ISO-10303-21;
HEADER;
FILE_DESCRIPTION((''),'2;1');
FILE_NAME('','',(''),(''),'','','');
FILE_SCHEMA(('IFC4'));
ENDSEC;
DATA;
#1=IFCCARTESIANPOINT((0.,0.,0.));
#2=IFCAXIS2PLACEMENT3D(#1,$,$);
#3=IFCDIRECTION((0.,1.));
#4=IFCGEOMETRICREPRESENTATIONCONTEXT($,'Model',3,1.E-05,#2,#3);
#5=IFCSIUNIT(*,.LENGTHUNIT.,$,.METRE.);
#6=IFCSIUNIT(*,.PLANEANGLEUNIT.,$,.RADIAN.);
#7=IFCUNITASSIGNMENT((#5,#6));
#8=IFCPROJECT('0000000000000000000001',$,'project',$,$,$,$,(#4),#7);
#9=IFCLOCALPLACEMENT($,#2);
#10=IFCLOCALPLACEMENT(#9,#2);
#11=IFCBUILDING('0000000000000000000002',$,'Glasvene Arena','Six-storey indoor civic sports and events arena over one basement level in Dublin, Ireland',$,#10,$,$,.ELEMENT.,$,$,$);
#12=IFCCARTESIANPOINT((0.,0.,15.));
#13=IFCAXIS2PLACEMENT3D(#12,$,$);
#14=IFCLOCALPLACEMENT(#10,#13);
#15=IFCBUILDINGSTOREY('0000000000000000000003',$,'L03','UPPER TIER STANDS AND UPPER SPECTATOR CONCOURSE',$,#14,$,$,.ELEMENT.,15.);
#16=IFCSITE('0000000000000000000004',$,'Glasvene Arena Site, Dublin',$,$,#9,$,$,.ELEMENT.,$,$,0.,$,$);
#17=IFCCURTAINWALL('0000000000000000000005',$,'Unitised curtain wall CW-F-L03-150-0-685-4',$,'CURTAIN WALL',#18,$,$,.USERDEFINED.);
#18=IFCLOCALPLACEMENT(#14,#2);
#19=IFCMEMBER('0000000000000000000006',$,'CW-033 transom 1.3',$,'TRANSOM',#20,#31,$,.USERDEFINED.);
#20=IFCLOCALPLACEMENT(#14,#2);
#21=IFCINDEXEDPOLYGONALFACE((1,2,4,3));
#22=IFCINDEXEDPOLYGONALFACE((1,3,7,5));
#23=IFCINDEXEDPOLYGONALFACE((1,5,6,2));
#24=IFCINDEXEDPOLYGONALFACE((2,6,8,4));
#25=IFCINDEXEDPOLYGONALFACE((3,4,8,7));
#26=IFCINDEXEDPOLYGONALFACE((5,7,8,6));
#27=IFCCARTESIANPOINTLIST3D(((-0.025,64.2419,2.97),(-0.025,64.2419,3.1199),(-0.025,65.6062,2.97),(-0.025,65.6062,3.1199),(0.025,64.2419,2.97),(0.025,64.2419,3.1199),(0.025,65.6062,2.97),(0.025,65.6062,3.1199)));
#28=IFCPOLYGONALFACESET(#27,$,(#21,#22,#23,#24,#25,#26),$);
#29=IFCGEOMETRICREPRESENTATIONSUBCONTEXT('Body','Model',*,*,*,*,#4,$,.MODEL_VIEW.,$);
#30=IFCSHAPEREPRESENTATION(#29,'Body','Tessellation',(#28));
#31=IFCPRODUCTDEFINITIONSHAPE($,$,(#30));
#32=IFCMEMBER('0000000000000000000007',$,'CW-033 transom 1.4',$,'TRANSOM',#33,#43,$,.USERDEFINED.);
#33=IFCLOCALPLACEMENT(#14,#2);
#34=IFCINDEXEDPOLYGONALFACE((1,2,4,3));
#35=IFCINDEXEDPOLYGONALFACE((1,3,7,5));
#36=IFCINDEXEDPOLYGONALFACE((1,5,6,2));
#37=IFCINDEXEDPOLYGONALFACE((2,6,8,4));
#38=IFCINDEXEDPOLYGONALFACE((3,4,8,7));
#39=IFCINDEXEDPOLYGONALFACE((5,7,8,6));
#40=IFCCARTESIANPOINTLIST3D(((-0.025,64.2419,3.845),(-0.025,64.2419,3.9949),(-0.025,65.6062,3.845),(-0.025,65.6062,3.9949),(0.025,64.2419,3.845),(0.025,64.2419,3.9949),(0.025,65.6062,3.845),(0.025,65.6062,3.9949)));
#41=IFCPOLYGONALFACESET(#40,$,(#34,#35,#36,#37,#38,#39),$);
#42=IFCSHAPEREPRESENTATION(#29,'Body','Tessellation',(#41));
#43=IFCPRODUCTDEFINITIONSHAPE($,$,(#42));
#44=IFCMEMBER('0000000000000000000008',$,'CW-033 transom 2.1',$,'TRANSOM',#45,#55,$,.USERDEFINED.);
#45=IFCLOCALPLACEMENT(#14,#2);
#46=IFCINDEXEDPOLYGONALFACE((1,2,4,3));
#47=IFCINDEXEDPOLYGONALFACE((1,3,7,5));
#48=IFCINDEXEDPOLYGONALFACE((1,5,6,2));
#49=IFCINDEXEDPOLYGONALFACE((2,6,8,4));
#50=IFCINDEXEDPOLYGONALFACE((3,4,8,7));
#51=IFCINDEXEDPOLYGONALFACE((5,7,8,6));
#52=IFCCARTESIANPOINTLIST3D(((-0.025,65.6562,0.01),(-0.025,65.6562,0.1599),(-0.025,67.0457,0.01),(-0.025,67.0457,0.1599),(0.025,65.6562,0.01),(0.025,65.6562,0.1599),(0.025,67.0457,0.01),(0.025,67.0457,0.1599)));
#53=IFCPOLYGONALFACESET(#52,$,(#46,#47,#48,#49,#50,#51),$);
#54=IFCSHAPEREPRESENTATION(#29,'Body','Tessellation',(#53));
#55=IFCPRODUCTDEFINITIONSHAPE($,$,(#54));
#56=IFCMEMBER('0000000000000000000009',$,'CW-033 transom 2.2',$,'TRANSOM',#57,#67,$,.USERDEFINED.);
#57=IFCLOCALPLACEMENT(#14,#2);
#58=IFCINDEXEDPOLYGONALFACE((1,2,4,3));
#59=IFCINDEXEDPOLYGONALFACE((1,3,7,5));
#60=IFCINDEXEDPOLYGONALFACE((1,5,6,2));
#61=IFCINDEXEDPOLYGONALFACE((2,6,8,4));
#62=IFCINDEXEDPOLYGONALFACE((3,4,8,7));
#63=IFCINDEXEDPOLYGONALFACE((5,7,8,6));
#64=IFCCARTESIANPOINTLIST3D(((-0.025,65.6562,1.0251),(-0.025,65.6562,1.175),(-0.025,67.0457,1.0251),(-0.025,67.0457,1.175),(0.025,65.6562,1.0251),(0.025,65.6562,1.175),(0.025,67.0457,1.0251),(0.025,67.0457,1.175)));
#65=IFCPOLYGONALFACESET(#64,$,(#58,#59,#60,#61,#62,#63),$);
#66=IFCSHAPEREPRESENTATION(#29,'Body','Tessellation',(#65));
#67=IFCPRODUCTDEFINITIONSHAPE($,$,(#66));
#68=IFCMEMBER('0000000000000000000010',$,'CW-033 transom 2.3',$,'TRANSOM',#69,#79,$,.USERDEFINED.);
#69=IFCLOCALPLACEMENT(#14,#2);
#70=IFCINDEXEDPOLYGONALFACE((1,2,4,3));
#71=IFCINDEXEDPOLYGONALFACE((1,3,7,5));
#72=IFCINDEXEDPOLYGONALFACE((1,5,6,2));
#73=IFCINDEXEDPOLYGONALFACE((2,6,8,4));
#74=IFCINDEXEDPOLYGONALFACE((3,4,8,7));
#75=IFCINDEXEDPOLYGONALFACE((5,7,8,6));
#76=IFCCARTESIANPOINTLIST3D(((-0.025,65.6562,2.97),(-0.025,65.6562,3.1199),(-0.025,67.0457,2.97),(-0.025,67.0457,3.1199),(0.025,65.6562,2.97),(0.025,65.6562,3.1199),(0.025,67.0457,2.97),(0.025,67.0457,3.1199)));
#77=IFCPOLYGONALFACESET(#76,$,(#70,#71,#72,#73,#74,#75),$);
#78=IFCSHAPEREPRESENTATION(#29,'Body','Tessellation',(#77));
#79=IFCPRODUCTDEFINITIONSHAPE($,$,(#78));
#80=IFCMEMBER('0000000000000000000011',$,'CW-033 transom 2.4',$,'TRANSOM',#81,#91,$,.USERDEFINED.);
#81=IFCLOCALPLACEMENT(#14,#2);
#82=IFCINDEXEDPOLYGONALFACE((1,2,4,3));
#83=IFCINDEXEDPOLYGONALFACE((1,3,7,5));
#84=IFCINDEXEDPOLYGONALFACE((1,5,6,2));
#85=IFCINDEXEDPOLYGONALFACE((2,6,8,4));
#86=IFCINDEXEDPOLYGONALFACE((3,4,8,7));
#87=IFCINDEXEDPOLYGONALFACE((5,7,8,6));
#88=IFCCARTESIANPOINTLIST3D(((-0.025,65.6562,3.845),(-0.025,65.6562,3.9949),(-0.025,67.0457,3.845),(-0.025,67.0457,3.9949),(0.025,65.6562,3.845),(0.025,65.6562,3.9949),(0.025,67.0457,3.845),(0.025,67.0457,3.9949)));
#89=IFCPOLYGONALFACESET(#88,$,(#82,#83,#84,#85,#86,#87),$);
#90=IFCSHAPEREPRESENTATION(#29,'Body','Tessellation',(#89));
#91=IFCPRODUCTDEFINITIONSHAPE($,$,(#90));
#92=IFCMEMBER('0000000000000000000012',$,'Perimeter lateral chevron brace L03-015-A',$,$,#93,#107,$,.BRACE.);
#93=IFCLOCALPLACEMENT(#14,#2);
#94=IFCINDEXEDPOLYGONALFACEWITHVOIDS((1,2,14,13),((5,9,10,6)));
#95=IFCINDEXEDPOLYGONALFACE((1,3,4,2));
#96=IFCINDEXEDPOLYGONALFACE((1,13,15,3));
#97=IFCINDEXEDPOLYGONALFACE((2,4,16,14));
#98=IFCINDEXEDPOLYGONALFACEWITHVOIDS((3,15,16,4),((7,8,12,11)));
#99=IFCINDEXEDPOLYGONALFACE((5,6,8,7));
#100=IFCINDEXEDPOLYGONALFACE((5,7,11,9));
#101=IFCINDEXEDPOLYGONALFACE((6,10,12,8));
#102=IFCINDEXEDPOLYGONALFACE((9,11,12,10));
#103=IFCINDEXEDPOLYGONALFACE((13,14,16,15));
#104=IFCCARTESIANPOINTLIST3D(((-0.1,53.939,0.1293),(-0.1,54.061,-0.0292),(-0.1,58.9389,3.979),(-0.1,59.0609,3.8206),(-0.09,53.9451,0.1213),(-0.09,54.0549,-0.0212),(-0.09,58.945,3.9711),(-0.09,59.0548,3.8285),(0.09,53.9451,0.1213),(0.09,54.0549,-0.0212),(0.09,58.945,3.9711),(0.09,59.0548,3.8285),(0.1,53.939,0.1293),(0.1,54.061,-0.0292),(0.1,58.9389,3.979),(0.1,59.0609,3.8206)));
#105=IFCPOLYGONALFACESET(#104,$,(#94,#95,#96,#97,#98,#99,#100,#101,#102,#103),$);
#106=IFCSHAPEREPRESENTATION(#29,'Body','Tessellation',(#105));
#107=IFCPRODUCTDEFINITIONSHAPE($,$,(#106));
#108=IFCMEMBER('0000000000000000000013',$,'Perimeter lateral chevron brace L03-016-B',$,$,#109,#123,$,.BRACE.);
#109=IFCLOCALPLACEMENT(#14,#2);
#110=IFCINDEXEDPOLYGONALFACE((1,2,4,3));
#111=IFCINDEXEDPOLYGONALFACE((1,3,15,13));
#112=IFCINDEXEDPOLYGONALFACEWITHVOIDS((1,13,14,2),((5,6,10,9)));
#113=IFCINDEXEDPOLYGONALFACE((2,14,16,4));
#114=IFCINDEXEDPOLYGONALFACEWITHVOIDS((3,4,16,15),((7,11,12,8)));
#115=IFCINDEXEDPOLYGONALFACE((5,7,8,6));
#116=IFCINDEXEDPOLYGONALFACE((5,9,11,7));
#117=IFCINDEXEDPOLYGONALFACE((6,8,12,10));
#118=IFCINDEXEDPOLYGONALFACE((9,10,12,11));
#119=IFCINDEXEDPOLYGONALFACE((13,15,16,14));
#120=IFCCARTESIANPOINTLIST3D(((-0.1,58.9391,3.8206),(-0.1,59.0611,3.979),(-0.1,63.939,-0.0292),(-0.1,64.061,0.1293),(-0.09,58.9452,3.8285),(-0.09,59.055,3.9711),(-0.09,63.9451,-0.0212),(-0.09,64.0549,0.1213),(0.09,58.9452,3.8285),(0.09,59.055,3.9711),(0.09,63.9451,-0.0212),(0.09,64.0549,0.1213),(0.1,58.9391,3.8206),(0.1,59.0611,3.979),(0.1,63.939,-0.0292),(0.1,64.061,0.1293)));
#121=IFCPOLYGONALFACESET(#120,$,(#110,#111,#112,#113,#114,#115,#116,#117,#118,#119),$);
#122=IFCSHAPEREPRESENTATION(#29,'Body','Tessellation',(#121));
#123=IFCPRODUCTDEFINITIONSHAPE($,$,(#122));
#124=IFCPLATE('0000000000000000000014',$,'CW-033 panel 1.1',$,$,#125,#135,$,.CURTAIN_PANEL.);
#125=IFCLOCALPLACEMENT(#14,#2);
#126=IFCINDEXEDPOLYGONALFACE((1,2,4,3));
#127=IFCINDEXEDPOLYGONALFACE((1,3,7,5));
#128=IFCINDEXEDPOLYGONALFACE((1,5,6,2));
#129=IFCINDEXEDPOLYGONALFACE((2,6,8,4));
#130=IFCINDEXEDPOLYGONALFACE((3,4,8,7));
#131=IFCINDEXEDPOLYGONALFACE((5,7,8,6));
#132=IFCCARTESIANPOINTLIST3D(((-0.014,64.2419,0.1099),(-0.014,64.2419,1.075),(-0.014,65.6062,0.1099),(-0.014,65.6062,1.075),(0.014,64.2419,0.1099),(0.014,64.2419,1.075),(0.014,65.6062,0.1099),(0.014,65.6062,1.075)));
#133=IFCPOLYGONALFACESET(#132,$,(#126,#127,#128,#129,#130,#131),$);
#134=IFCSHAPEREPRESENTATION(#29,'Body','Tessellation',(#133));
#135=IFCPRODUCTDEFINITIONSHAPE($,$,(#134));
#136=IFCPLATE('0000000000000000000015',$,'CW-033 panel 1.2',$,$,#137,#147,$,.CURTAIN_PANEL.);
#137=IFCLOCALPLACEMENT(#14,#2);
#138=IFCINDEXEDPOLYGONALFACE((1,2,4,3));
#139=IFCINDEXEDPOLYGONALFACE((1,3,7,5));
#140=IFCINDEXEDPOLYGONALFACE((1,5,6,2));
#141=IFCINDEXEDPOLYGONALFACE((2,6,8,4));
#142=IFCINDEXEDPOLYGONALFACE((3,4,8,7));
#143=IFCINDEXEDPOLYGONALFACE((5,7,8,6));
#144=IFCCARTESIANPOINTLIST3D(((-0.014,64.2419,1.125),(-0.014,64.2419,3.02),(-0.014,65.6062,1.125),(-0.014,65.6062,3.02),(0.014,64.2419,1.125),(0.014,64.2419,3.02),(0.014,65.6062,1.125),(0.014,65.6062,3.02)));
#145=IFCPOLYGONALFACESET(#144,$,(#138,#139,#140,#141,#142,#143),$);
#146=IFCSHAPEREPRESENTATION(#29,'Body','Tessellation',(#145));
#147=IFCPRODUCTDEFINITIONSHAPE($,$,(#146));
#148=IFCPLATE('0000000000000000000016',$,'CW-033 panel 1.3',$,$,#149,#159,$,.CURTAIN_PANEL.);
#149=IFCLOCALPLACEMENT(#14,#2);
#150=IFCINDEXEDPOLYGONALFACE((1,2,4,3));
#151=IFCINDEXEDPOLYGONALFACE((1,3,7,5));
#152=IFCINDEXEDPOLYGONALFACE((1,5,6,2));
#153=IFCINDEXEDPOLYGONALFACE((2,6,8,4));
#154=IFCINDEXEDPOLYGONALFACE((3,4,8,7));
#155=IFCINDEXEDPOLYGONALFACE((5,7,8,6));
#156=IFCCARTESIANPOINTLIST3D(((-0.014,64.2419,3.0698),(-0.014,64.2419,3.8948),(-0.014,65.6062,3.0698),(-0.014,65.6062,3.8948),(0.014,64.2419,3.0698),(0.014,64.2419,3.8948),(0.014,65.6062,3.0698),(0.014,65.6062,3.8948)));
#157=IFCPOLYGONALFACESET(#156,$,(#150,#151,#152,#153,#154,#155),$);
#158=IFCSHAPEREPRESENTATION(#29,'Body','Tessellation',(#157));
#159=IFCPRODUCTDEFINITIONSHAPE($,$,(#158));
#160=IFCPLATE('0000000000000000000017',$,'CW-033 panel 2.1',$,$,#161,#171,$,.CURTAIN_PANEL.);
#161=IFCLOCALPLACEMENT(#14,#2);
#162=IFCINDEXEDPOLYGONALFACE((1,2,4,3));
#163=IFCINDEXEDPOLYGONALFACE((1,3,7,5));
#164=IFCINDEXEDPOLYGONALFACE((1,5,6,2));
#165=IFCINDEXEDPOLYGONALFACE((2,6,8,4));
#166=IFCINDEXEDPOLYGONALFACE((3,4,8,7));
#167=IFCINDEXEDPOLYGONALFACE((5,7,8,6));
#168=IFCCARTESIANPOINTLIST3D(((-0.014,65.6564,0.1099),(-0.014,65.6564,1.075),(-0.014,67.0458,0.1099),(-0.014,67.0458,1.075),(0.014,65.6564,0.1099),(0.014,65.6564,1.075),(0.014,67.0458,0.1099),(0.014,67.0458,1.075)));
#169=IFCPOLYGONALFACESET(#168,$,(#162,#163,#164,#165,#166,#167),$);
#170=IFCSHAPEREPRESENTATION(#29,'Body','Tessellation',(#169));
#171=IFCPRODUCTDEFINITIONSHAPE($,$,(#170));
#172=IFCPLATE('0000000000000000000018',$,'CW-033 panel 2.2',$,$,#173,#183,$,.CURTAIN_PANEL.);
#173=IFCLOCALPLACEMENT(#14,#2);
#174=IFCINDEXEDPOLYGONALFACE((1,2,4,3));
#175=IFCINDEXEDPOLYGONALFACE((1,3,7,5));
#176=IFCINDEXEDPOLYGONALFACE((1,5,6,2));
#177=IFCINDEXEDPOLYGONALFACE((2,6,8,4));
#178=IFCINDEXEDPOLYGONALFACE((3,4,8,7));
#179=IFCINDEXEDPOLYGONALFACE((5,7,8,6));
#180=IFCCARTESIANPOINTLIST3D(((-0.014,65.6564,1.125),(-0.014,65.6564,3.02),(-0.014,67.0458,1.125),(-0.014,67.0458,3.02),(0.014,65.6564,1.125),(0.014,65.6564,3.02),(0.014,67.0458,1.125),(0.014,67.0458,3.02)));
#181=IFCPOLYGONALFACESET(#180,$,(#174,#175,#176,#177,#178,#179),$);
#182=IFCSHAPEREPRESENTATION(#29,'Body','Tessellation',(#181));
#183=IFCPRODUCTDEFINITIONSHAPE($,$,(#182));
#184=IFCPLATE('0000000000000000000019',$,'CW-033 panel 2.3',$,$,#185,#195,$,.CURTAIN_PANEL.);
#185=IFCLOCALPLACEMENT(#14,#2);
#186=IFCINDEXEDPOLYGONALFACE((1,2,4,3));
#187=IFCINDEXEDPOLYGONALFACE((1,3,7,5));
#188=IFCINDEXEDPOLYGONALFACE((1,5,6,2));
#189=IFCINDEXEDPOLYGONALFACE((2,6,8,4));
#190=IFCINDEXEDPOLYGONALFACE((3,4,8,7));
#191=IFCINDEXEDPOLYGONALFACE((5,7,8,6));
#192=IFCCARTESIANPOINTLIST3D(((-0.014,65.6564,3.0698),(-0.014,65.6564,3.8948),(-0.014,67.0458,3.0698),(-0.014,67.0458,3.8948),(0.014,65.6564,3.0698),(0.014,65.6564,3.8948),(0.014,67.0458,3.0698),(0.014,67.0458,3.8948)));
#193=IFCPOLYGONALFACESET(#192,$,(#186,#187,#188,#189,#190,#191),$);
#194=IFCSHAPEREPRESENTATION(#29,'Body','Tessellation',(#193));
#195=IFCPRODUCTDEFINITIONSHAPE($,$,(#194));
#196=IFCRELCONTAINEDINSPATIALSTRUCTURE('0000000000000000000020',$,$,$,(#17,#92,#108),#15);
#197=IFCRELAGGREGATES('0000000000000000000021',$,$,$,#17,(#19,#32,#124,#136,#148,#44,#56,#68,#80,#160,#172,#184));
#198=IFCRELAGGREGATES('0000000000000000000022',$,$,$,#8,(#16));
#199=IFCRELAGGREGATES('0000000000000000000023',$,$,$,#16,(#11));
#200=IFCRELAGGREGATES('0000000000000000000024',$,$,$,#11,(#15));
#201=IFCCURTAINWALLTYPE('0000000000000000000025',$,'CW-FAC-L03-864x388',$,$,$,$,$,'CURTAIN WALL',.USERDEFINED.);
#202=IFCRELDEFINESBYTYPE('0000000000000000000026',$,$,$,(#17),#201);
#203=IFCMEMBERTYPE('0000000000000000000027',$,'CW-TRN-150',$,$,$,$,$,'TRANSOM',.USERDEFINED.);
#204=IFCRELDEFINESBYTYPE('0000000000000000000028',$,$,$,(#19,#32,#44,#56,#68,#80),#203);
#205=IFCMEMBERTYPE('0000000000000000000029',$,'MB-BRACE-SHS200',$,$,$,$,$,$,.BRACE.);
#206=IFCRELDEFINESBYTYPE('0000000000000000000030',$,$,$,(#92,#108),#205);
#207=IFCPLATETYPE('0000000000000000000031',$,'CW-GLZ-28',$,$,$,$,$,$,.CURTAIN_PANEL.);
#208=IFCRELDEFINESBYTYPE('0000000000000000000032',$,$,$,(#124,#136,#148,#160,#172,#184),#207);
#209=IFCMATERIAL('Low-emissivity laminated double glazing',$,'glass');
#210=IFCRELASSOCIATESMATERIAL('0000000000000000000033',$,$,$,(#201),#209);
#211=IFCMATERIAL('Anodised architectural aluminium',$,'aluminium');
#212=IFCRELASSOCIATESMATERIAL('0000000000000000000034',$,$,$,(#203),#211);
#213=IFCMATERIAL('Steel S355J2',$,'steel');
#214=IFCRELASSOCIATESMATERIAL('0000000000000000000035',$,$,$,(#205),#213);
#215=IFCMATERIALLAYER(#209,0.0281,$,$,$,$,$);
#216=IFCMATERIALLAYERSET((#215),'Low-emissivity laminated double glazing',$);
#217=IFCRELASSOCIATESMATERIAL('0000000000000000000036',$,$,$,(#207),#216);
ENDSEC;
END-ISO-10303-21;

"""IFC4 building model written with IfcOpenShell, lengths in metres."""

from ifc_helpers import new_model, si_unit, direction, frame, origin, origin_2d, place, context, subcontext, project, spatial, rectangle, hollow_rectangle, extrude, material, layer, layer_set, material_profile, profile_set, type_object, element, aggregate, save


model = new_model("IFC4")

# Units and contexts
model_context = context("Model", 3, precision=1e-05, world=origin(), true_north=direction((0.0, 1.0)))
body_context = subcontext(model_context, "Body", "Model", "MODEL_VIEW")
ifc_project = project(units=[si_unit("LENGTHUNIT", "METRE"), si_unit("PLANEANGLEUNIT", "RADIAN")], contexts=[model_context])

# Site, building, storey
site_placement = place(None, origin())
site = spatial("IfcSite", under=ifc_project, at=site_placement, Name="Glasvene Arena Site, Dublin", CompositionType="ELEMENT", RefElevation=0.0)
building_placement = place(site_placement, origin())
building = spatial("IfcBuilding", under=site, at=building_placement, Name="Glasvene Arena", Description="Six-storey indoor civic sports and events arena over one basement level in Dublin, Ireland", CompositionType="ELEMENT")
storey_placement = place(building_placement, frame((0.0, 0.0, 15.0)))
storey = spatial("IfcBuildingStorey", under=building, at=storey_placement, Name="L03", Description="UPPER TIER STANDS AND UPPER SPECTATOR CONCOURSE", CompositionType="ELEMENT", Elevation=15.0)

# Shared definitions
ifc_material_1 = material(Name="Steel S355J2", Category="steel")

# Curtain wall, members
ifc_material_2 = material(Name="Low-emissivity laminated double glazing", Category="glass")
curtain_wall_type = type_object("IfcCurtainWallType", Name="CW-FAC-L03-864x388", ElementType="CURTAIN WALL", PredefinedType="USERDEFINED", material=ifc_material_2)
curtain_wall_placement = place(storey_placement, frame((0.0, 64.1919, 0.0)))
curtain_wall = element("IfcCurtainWall", 1, at=curtain_wall_placement, inside=storey, type_object=curtain_wall_type, Name="Unitised curtain wall CW-F-L03-150-0-685-4", ObjectType="CURTAIN WALL", PredefinedType="USERDEFINED")
ifc_material_3 = material(Name="Anodised architectural aluminium", Category="aluminium")
ifc_material_profile_1 = material_profile(ifc_material_3, rectangle(XDim=0.05, YDim=0.1499, at=origin_2d()), Name="ALU TRANSOM 50x150")
ifc_profile_set_1 = profile_set([ifc_material_profile_1], Name="Anodised architectural aluminium")
member_type_1 = type_object("IfcMemberType", Name="CW-TRN-150", ElementType="TRANSOM", PredefinedType="USERDEFINED", material=ifc_profile_set_1)
member_1_placement = place(storey_placement, frame((0.0, 64.2419, 3.0449), z_axis=(0.0, 1.0, 0.0), x_axis=(-1.0, 0.0, 0.0)))
member_1 = element("IfcMember", 2, at=member_1_placement, type_object=member_type_1, Name="CW-033 transom 1.3", ObjectType="TRANSOM", PredefinedType="USERDEFINED", context=body_context, shape_type="SweptSolid", body=[
    extrude(rectangle(XDim=0.05, YDim=0.1499, at=origin_2d()), origin(), (0.0, 0.0, 1.0), 1.3643),
])
member_2_placement = place(storey_placement, frame((0.0, 64.2419, 3.9199), z_axis=(0.0, 1.0, 0.0), x_axis=(-1.0, 0.0, 0.0)))
member_2 = element("IfcMember", 3, at=member_2_placement, type_object=member_type_1, Name="CW-033 transom 1.4", ObjectType="TRANSOM", PredefinedType="USERDEFINED", context=body_context, shape_type="SweptSolid", body=[
    extrude(rectangle(XDim=0.05, YDim=0.1499, at=origin_2d()), origin(), (0.0, 0.0, 1.0), 1.3643),
])
member_3_placement = place(storey_placement, frame((0.0, 65.6562, 0.085), z_axis=(0.0, 1.0, 0.0), x_axis=(-1.0, 0.0, 0.0)))
member_3 = element("IfcMember", 4, at=member_3_placement, type_object=member_type_1, Name="CW-033 transom 2.1", ObjectType="TRANSOM", PredefinedType="USERDEFINED", context=body_context, shape_type="SweptSolid", body=[
    extrude(rectangle(XDim=0.05, YDim=0.1499, at=origin_2d()), origin(), (0.0, 0.0, 1.0), 1.3894),
])
member_4_placement = place(storey_placement, frame((0.0, 65.6562, 1.1001), z_axis=(0.0, 1.0, 0.0), x_axis=(-1.0, 0.0, 0.0)))
member_4 = element("IfcMember", 5, at=member_4_placement, type_object=member_type_1, Name="CW-033 transom 2.2", ObjectType="TRANSOM", PredefinedType="USERDEFINED", context=body_context, shape_type="SweptSolid", body=[
    extrude(rectangle(XDim=0.05, YDim=0.1499, at=origin_2d()), origin(), (0.0, 0.0, 1.0), 1.3894),
])
member_5_placement = place(storey_placement, frame((0.0, 65.6562, 3.0449), z_axis=(0.0, 1.0, 0.0), x_axis=(-1.0, 0.0, 0.0)))
member_5 = element("IfcMember", 6, at=member_5_placement, type_object=member_type_1, Name="CW-033 transom 2.3", ObjectType="TRANSOM", PredefinedType="USERDEFINED", context=body_context, shape_type="SweptSolid", body=[
    extrude(rectangle(XDim=0.05, YDim=0.1499, at=origin_2d()), origin(), (0.0, 0.0, 1.0), 1.3894),
])
member_6_placement = place(storey_placement, frame((0.0, 65.6562, 3.9199), z_axis=(0.0, 1.0, 0.0), x_axis=(-1.0, 0.0, 0.0)))
member_6 = element("IfcMember", 7, at=member_6_placement, type_object=member_type_1, Name="CW-033 transom 2.4", ObjectType="TRANSOM", PredefinedType="USERDEFINED", context=body_context, shape_type="SweptSolid", body=[
    extrude(rectangle(XDim=0.05, YDim=0.1499, at=origin_2d()), origin(), (0.0, 0.0, 1.0), 1.3894),
])

# Members
ifc_material_profile_2 = material_profile(ifc_material_1, hollow_rectangle(XDim=0.2, YDim=0.2, WallThickness=0.01, at=origin_2d()), Name="SHS 200x200x10.0")
ifc_profile_set_2 = profile_set([ifc_material_profile_2], Name="Steel S355J2")
member_type_2 = type_object("IfcMemberType", Name="MB-BRACE-SHS200", PredefinedType="BRACE", material=ifc_profile_set_2)
for number, where, z_axis, x_axis, name in (
    (8, (0.0, 54.0, 0.05), (0.0, 0.792341, 0.610079), (-1.0, 0.0, 0.0), "Perimeter lateral chevron brace L03-015-A"),
    (9, (0.0, 64.0, 0.05), (0.0, -0.792341, 0.610079), (1.0, 0.0, 0.0), "Perimeter lateral chevron brace L03-016-B"),
):
    element("IfcMember", number, at=place(storey_placement, frame(where, z_axis=z_axis, x_axis=x_axis)), inside=storey, type_object=member_type_2, Name=name, PredefinedType="BRACE", context=body_context, shape_type="SweptSolid", body=[
        extrude(hollow_rectangle(XDim=0.2, YDim=0.2, WallThickness=0.01, at=origin_2d()), origin(), (0.0, 0.0, 1.0), 6.3103),
    ])

# Plates
ifc_layer_1 = layer(ifc_material_2, 0.0281)
ifc_layer_set_1 = layer_set([ifc_layer_1], Name="Low-emissivity laminated double glazing")
plate_type = type_object("IfcPlateType", Name="CW-GLZ-28", PredefinedType="CURTAIN_PANEL", material=ifc_layer_set_1)
plate_1_placement = place(storey_placement, frame((0.0, 64.9241, 0.1099), z_axis=(0.0, 0.0, 1.0), x_axis=(0.0, 1.0, 0.0)))
plate_1 = element("IfcPlate", 10, at=plate_1_placement, type_object=plate_type, Name="CW-033 panel 1.1", PredefinedType="CURTAIN_PANEL", context=body_context, shape_type="SweptSolid", body=[
    extrude(rectangle(XDim=1.3643, YDim=0.0281, at=origin_2d()), origin(), (0.0, 0.0, 1.0), 0.9651),
])
plate_2_placement = place(storey_placement, frame((0.0, 64.9241, 1.125), z_axis=(0.0, 0.0, 1.0), x_axis=(0.0, 1.0, 0.0)))
plate_2 = element("IfcPlate", 11, at=plate_2_placement, type_object=plate_type, Name="CW-033 panel 1.2", PredefinedType="CURTAIN_PANEL", context=body_context, shape_type="SweptSolid", body=[
    extrude(rectangle(XDim=1.3643, YDim=0.0281, at=origin_2d()), origin(), (0.0, 0.0, 1.0), 1.895),
])
plate_3_placement = place(storey_placement, frame((0.0, 64.9241, 3.0698), z_axis=(0.0, 0.0, 1.0), x_axis=(0.0, 1.0, 0.0)))
plate_3 = element("IfcPlate", 12, at=plate_3_placement, type_object=plate_type, Name="CW-033 panel 1.3", PredefinedType="CURTAIN_PANEL", context=body_context, shape_type="SweptSolid", body=[
    extrude(rectangle(XDim=1.3643, YDim=0.0281, at=origin_2d()), origin(), (0.0, 0.0, 1.0), 0.825),
])
plate_4_placement = place(storey_placement, frame((0.0, 66.3511, 0.1099), z_axis=(0.0, 0.0, 1.0), x_axis=(0.0, 1.0, 0.0)))
plate_4 = element("IfcPlate", 13, at=plate_4_placement, type_object=plate_type, Name="CW-033 panel 2.1", PredefinedType="CURTAIN_PANEL", context=body_context, shape_type="SweptSolid", body=[
    extrude(rectangle(XDim=1.3894, YDim=0.0281, at=origin_2d()), origin(), (0.0, 0.0, 1.0), 0.9651),
])
plate_5_placement = place(storey_placement, frame((0.0, 66.3511, 1.125), z_axis=(0.0, 0.0, 1.0), x_axis=(0.0, 1.0, 0.0)))
plate_5 = element("IfcPlate", 14, at=plate_5_placement, type_object=plate_type, Name="CW-033 panel 2.2", PredefinedType="CURTAIN_PANEL", context=body_context, shape_type="SweptSolid", body=[
    extrude(rectangle(XDim=1.3894, YDim=0.0281, at=origin_2d()), origin(), (0.0, 0.0, 1.0), 1.895),
])
plate_6_placement = place(storey_placement, frame((0.0, 66.3511, 3.0698), z_axis=(0.0, 0.0, 1.0), x_axis=(0.0, 1.0, 0.0)))
plate_6 = element("IfcPlate", 15, at=plate_6_placement, type_object=plate_type, Name="CW-033 panel 2.3", PredefinedType="CURTAIN_PANEL", context=body_context, shape_type="SweptSolid", body=[
    extrude(rectangle(XDim=1.3894, YDim=0.0281, at=origin_2d()), origin(), (0.0, 0.0, 1.0), 0.825),
])
aggregate(curtain_wall, [member_1, member_2, plate_1, plate_2, plate_3, member_3, member_4, member_5, member_6, plate_4, plate_5, plate_6])

save(model, "model.ifc")
